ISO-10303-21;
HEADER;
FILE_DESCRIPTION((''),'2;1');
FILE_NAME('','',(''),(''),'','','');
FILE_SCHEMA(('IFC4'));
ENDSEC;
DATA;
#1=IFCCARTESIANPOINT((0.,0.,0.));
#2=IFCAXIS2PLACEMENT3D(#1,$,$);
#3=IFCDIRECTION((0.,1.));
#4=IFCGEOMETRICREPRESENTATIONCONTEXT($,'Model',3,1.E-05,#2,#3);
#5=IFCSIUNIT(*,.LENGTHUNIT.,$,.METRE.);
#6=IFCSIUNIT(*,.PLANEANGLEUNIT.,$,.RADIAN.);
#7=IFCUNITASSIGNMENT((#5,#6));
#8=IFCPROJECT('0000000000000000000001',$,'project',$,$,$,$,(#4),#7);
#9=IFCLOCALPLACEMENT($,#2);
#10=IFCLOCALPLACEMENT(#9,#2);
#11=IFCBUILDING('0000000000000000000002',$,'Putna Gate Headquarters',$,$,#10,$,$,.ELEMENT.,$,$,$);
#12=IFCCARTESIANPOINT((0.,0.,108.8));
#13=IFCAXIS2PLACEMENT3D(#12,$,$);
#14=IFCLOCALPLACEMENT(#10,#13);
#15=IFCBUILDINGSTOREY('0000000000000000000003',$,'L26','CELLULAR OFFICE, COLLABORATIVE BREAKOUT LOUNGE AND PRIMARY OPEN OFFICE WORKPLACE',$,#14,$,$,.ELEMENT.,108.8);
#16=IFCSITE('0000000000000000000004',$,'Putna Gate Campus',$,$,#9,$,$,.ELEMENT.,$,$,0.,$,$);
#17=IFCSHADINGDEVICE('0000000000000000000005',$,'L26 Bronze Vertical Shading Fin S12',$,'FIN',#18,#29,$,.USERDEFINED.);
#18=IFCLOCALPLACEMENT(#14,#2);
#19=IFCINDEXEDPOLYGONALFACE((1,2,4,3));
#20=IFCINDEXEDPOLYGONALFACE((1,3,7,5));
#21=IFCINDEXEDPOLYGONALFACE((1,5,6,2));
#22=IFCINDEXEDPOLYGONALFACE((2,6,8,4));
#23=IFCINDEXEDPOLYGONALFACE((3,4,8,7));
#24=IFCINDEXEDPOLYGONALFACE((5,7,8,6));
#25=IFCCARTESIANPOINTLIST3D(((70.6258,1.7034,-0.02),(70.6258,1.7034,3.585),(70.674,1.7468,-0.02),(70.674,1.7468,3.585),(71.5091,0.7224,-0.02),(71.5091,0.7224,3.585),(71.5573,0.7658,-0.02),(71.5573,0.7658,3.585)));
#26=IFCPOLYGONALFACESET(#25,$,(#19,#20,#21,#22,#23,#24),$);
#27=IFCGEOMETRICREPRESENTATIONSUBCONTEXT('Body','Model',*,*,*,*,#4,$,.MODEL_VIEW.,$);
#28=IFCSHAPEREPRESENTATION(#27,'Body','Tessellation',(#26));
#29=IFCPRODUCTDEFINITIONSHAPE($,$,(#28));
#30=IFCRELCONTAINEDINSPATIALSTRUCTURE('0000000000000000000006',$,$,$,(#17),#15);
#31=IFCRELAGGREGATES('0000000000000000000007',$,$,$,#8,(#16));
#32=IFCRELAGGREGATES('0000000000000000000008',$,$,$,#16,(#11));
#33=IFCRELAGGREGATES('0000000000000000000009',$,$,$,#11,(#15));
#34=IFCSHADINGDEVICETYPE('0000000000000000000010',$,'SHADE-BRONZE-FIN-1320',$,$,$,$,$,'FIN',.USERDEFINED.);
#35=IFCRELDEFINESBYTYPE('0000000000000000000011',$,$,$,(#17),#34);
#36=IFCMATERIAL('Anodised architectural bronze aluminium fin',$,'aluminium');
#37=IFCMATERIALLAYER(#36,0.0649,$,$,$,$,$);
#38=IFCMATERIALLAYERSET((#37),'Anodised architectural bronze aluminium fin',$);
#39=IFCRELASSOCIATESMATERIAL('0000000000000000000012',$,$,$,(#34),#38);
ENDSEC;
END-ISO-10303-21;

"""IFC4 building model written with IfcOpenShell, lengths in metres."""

from ifc_helpers import new_model, si_unit, direction, frame, origin, origin_2d, place, context, subcontext, project, spatial, rectangle, extrude, material, layer, layer_set, type_object, element, save


model = new_model("IFC4")

# Units and contexts
model_context = context("Model", 3, precision=1e-05, world=origin(), true_north=direction((0.0, 1.0)))
body_context = subcontext(model_context, "Body", "Model", "MODEL_VIEW")
ifc_project = project(units=[si_unit("LENGTHUNIT", "METRE"), si_unit("PLANEANGLEUNIT", "RADIAN")], contexts=[model_context])

# Site, building, storey
site_placement = place(None, origin())
site = spatial("IfcSite", under=ifc_project, at=site_placement, Name="Putna Gate Campus", CompositionType="ELEMENT", RefElevation=0.0)
building_placement = place(site_placement, origin())
building = spatial("IfcBuilding", under=site, at=building_placement, Name="Putna Gate Headquarters", CompositionType="ELEMENT")
storey_placement = place(building_placement, frame((0.0, 0.0, 108.8)))
storey = spatial("IfcBuildingStorey", under=building, at=storey_placement, Name="L26", Description="CELLULAR OFFICE, COLLABORATIVE BREAKOUT LOUNGE AND PRIMARY OPEN OFFICE WORKPLACE", CompositionType="ELEMENT", Elevation=108.8)

# Shading device
ifc_material_1 = material(Name="Anodised architectural bronze aluminium fin", Category="aluminium")
ifc_layer_1 = layer(ifc_material_1, 0.0649)
ifc_layer_set_1 = layer_set([ifc_layer_1], Name="Anodised architectural bronze aluminium fin")
shading_device_type = type_object("IfcShadingDeviceType", Name="SHADE-BRONZE-FIN-1320", ElementType="FIN", PredefinedType="USERDEFINED", material=ifc_layer_set_1)
for number, where, z_axis, x_axis, name in (
    (1, (71.0916, 1.2346, -0.02), (0.0, 0.0, 1.0), (0.669131, -0.743145, 0.0), "L26 Bronze Vertical Shading Fin S12"),
):
    element("IfcShadingDevice", number, at=place(storey_placement, frame(where, z_axis=z_axis, x_axis=x_axis)), inside=storey, type_object=shading_device_type, Name=name, ObjectType="FIN", PredefinedType="USERDEFINED", context=body_context, shape_type="SweptSolid", body=[
        extrude(rectangle(XDim=1.3201, YDim=0.0649, at=origin_2d()), origin(), (0.0, 0.0, 1.0), 3.605),
    ])

save(model, "model.ifc")
